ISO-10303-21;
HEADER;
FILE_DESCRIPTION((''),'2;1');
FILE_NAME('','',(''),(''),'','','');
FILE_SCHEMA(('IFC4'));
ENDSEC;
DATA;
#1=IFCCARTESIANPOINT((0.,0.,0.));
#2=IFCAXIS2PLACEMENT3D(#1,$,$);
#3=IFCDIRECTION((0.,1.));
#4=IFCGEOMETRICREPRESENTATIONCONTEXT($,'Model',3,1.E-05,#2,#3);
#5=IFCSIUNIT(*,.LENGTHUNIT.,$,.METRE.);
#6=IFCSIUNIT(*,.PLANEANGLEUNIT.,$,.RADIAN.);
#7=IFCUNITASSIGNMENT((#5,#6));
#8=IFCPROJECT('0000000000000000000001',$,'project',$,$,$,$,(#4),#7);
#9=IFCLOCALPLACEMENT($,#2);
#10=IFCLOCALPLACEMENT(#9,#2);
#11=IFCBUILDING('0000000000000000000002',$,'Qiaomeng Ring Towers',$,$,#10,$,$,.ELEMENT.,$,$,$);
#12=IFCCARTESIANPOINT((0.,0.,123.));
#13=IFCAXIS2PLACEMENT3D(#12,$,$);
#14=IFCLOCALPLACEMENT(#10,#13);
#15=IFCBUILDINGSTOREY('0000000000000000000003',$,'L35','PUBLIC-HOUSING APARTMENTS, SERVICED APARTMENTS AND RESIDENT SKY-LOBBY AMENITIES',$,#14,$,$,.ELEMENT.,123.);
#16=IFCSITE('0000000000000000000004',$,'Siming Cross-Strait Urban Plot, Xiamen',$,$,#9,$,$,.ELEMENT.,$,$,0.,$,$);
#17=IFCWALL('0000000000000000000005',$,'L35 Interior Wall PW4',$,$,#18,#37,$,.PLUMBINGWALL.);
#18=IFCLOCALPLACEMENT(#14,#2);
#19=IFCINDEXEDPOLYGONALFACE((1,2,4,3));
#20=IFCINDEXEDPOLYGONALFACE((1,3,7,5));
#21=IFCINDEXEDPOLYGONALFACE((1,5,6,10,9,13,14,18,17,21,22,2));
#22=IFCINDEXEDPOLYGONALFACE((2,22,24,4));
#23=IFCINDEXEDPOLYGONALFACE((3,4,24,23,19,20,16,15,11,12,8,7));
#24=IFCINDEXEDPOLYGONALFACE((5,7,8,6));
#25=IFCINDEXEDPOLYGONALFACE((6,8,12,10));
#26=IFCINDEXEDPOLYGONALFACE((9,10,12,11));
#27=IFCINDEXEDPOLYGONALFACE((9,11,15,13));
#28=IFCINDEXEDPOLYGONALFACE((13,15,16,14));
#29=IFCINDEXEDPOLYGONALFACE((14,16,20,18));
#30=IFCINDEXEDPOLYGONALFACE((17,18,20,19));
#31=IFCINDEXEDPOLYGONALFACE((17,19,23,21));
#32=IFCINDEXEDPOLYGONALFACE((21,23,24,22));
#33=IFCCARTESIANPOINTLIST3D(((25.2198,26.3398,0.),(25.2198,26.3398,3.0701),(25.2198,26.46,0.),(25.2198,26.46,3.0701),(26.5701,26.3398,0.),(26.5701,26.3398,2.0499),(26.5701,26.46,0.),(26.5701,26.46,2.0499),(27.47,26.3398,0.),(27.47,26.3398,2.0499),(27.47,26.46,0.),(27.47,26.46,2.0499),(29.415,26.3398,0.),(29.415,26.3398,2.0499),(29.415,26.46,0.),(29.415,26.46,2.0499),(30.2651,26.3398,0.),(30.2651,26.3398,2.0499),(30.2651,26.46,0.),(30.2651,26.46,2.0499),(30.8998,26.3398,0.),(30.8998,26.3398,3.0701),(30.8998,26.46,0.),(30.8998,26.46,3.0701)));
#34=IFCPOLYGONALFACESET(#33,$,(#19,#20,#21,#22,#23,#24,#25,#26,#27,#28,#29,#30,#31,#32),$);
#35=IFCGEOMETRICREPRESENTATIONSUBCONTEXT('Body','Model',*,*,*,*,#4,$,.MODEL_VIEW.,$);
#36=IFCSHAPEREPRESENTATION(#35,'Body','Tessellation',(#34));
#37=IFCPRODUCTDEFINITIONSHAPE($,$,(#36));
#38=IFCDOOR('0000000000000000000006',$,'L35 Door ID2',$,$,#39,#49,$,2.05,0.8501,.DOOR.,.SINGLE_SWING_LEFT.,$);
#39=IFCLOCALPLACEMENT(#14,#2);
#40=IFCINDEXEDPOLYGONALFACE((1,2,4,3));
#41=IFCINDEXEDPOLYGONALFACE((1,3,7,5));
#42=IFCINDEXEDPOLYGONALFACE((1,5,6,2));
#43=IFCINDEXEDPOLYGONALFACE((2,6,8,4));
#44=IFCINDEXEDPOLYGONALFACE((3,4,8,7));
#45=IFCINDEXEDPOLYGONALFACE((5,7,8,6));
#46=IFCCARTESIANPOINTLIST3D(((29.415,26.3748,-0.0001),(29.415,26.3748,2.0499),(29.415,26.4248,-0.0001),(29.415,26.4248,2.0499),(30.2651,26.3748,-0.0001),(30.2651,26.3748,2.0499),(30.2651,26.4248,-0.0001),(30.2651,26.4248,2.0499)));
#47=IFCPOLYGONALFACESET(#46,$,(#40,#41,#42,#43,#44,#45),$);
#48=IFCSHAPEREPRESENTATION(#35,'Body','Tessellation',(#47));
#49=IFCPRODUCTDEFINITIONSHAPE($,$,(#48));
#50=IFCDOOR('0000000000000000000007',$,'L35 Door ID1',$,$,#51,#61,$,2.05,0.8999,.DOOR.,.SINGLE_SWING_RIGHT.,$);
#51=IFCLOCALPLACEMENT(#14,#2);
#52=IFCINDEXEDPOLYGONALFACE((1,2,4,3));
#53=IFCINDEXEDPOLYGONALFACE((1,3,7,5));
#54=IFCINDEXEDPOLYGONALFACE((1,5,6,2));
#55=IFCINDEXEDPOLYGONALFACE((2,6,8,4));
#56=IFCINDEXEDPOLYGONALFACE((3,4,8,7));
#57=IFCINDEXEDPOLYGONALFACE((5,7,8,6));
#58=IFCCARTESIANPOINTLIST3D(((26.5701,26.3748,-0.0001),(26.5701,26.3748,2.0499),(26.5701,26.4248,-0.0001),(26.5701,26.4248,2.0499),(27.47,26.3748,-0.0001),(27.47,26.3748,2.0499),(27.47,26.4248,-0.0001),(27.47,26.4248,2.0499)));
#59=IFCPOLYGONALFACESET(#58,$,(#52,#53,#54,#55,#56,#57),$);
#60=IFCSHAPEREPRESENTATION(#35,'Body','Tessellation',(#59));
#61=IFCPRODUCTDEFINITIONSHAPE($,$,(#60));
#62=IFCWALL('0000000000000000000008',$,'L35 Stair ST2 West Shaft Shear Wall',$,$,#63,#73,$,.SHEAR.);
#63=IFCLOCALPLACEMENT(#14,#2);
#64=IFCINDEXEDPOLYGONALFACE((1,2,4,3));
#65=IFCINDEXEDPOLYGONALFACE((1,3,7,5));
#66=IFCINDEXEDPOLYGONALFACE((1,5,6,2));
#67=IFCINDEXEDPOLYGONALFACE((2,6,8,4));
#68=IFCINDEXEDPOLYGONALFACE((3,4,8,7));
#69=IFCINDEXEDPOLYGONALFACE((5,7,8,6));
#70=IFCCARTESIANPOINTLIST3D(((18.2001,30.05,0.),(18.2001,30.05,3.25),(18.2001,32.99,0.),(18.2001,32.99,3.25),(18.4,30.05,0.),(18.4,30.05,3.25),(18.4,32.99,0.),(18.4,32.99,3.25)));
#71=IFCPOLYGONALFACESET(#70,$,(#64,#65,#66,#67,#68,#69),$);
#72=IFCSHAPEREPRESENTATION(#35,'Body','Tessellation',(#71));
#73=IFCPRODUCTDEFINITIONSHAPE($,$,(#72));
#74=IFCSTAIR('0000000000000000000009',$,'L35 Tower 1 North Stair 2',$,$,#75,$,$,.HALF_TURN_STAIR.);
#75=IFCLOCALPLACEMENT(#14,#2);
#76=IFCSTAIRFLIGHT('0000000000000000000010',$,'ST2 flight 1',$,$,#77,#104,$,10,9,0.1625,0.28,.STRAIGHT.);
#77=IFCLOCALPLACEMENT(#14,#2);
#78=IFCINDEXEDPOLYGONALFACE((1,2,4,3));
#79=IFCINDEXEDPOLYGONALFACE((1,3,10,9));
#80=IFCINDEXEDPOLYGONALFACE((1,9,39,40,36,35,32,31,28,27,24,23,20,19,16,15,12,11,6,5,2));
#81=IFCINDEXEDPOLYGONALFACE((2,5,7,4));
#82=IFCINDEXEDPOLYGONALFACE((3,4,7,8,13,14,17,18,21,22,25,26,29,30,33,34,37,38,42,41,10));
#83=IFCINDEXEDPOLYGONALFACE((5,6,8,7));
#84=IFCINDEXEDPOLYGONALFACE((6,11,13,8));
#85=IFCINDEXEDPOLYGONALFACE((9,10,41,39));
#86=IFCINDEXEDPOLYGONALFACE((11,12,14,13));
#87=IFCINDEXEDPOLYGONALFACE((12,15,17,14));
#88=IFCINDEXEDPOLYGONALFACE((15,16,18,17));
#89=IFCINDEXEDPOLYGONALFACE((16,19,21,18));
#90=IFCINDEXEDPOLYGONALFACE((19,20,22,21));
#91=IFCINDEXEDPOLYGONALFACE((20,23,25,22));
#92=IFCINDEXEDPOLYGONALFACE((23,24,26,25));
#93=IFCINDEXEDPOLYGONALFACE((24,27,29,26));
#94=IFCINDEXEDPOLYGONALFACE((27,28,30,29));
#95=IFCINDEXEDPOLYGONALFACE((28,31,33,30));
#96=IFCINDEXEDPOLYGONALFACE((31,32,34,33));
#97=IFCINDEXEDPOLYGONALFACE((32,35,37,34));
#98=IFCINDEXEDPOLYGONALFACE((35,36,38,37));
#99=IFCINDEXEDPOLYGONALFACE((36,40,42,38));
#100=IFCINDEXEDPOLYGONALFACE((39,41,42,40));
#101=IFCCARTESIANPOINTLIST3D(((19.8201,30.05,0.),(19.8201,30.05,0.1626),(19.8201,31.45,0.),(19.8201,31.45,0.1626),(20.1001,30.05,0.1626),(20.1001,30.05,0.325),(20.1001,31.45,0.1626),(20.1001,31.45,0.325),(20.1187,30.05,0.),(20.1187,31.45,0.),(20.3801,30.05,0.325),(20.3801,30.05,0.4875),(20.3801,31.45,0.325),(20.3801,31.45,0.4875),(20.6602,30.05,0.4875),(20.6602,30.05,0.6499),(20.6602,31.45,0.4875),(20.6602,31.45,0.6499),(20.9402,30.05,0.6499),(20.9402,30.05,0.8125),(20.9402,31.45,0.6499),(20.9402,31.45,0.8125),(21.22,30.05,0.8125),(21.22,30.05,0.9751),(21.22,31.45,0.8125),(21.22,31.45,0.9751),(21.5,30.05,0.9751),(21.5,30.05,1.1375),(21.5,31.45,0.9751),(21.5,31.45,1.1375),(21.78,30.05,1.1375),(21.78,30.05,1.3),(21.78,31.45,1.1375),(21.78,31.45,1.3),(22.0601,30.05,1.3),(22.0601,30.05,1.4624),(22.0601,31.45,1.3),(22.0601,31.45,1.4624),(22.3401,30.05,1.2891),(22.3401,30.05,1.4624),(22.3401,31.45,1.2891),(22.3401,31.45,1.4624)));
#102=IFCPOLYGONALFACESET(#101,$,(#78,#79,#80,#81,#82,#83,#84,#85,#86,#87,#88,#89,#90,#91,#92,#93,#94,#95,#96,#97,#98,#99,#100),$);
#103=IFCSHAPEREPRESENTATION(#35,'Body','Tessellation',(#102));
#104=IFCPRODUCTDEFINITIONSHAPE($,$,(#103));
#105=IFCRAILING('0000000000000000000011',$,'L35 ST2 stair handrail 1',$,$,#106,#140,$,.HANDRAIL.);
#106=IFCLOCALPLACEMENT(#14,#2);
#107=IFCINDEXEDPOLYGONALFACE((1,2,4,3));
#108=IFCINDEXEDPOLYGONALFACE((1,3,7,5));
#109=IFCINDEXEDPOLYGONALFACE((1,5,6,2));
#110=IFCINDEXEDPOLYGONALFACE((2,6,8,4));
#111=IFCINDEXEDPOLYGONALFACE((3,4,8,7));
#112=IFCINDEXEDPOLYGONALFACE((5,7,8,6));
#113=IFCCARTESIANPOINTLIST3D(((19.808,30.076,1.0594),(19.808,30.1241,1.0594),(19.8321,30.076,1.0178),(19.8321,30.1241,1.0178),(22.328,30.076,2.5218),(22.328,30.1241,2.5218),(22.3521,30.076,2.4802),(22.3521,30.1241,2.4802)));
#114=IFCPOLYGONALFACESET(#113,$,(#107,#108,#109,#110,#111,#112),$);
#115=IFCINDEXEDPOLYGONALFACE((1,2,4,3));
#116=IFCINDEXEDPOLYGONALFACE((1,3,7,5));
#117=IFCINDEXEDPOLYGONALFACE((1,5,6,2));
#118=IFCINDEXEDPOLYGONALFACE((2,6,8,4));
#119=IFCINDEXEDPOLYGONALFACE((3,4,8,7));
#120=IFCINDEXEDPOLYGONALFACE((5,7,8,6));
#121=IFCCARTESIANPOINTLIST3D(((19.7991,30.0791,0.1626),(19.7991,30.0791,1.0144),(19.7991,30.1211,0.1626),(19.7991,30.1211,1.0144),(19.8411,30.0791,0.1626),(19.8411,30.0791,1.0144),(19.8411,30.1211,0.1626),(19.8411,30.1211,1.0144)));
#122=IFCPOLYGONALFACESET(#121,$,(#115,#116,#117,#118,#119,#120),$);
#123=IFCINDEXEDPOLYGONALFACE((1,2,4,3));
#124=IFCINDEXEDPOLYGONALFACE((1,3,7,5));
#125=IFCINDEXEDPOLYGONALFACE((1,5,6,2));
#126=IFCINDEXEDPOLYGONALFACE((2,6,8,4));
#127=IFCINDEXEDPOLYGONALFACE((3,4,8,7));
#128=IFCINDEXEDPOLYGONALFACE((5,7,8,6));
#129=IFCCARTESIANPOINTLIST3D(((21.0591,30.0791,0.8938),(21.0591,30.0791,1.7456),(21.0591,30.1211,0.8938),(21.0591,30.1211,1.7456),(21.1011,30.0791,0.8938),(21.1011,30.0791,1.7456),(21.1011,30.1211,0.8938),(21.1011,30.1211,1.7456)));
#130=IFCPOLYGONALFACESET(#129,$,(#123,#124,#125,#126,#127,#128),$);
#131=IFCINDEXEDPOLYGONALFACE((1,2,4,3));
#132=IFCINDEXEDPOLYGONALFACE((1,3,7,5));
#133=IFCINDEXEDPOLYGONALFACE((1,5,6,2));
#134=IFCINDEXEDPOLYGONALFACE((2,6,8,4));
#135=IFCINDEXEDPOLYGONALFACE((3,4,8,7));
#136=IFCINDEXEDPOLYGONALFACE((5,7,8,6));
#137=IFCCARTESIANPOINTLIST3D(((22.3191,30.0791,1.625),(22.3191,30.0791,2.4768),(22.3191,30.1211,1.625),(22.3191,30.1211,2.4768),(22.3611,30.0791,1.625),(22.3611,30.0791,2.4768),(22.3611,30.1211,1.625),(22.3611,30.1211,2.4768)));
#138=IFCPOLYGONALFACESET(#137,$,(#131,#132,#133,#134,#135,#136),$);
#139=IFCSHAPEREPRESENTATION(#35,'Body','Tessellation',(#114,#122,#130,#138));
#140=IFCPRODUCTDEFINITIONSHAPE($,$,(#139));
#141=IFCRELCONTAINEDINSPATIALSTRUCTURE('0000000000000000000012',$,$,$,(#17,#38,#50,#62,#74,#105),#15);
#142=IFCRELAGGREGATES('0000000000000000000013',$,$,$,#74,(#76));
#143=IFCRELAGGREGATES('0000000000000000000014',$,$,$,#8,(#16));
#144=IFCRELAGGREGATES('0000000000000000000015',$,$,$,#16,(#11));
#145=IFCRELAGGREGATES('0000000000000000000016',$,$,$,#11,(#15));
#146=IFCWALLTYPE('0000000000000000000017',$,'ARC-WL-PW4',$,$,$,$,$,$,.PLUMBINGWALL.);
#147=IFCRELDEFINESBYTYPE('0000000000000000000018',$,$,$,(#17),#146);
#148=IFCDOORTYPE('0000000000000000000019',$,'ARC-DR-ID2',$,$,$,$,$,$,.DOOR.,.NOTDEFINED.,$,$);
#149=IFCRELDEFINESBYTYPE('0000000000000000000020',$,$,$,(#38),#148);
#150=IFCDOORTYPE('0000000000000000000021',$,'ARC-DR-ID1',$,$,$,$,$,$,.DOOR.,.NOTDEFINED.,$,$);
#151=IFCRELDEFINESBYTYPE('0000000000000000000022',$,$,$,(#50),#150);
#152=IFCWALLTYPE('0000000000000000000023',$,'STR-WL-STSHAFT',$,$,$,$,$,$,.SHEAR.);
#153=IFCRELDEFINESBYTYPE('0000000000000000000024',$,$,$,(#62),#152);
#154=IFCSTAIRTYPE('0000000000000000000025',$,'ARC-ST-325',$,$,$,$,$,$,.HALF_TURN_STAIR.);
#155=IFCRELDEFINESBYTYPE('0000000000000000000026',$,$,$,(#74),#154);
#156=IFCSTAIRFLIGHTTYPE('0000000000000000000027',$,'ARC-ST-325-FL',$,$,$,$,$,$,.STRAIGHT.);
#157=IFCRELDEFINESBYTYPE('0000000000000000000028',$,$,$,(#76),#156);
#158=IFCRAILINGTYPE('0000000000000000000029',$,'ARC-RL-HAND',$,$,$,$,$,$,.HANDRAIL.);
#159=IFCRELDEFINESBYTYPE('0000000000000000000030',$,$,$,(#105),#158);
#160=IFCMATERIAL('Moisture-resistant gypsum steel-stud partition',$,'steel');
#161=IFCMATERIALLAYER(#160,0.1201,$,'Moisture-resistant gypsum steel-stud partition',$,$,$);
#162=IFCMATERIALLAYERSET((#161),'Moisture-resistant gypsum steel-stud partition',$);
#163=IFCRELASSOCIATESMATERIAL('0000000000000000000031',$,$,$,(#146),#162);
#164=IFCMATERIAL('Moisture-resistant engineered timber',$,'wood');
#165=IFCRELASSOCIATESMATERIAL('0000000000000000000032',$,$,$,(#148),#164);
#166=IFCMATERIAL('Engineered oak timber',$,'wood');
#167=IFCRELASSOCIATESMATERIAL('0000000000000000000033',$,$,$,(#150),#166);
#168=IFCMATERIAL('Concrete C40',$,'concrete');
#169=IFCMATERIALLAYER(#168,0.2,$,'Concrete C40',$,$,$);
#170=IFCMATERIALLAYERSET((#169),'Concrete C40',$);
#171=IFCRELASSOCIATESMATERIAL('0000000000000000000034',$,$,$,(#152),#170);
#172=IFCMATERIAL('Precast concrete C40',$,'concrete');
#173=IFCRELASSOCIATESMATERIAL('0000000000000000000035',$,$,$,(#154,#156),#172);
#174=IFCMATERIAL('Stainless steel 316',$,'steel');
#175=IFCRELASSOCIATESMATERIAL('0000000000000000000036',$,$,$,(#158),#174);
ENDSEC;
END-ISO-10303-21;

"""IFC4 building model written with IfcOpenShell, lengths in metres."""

from ifc_helpers import new_model, si_unit, direction, frame, frame_2d, origin, origin_2d, place, context, subcontext, project, spatial, polyline, rectangle, outline, extrude, source, transform, mapped, material, layer, layer_set, type_object, element, fill, aggregate, save


model = new_model("IFC4")

# Units and contexts
model_context = context("Model", 3, precision=1e-05, world=origin(), true_north=direction((0.0, 1.0)))
body_context = subcontext(model_context, "Body", "Model", "MODEL_VIEW")
ifc_project = project(units=[si_unit("LENGTHUNIT", "METRE"), si_unit("PLANEANGLEUNIT", "RADIAN")], contexts=[model_context])

# Site, building, storey
site_placement = place(None, origin())
site = spatial("IfcSite", under=ifc_project, at=site_placement, Name="Siming Cross-Strait Urban Plot, Xiamen", CompositionType="ELEMENT", RefElevation=0.0)
building_placement = place(site_placement, origin())
building = spatial("IfcBuilding", under=site, at=building_placement, Name="Qiaomeng Ring Towers", CompositionType="ELEMENT")
storey_placement = place(building_placement, frame((0.0, 0.0, 123.0)))
storey = spatial("IfcBuildingStorey", under=building, at=storey_placement, Name="L35", Description="PUBLIC-HOUSING APARTMENTS, SERVICED APARTMENTS AND RESIDENT SKY-LOBBY AMENITIES", CompositionType="ELEMENT", Elevation=123.0)

# Wall, openings, doors
ifc_material_1 = material(Name="Moisture-resistant gypsum steel-stud partition", Category="steel")
ifc_layer_1 = layer(ifc_material_1, 0.1201, Name="Moisture-resistant gypsum steel-stud partition")
ifc_layer_set_1 = layer_set([ifc_layer_1], Name="Moisture-resistant gypsum steel-stud partition")
wall_type_1 = type_object("IfcWallType", Name="ARC-WL-PW4", PredefinedType="PLUMBINGWALL", material=ifc_layer_set_1)
ifc_material_2 = material(Name="Moisture-resistant engineered timber", Category="wood")
door_type_1 = type_object("IfcDoorType", Name="ARC-DR-ID2", OperationType="NOTDEFINED", PredefinedType="DOOR", material=ifc_material_2)
shared_shape_1 = source(origin(), body_context, "Body", "SweptSolid", [
    extrude(rectangle(XDim=0.8501, YDim=2.05, at=frame_2d((0.425, 1.0249))), frame((0.0, 0.0249, 0.0), z_axis=(0.0, -1.0, 0.0), x_axis=(1.0, 0.0, 0.0)), (0.0, 0.0, 1.0), 0.05),
])
ifc_material_3 = material(Name="Engineered oak timber", Category="wood")
door_type_2 = type_object("IfcDoorType", Name="ARC-DR-ID1", OperationType="NOTDEFINED", PredefinedType="DOOR", material=ifc_material_3)
shared_shape_2 = source(origin(), body_context, "Body", "SweptSolid", [
    extrude(rectangle(XDim=0.8999, YDim=2.05, at=frame_2d((0.45, 1.0249))), frame((0.0, 0.0249, 0.0), z_axis=(0.0, -1.0, 0.0), x_axis=(1.0, 0.0, 0.0)), (0.0, 0.0, 1.0), 0.05),
])
wall_1_placement = place(storey_placement, frame((25.22, 26.3999, 0.0), z_axis=(0.0, 0.0, 1.0), x_axis=(1.0, 0.0, 0.0)))
wall_1 = element("IfcWall", 1, at=wall_1_placement, inside=storey, type_object=wall_type_1, Name="L35 Interior Wall PW4", PredefinedType="PLUMBINGWALL", context=body_context, shape_type="SweptSolid", body=[
    extrude(rectangle(XDim=5.6799, YDim=0.1201, at=frame_2d((2.8398, 0.0))), origin(), (0.0, 0.0, 1.0), 3.0701),
])
opening_1_placement = place(wall_1_placement, frame((1.3501, 0.0, 0.0)))
opening_1 = element("IfcOpeningElement", 2, at=opening_1_placement, cuts=wall_1, PredefinedType="OPENING", context=body_context, shape_type="SweptSolid", body=[
    extrude(rectangle(XDim=0.8999, YDim=2.05, at=frame_2d((0.45, 1.0249))), frame((0.0, 0.0701, 0.0), z_axis=(0.0, -1.0, 0.0), x_axis=(1.0, 0.0, 0.0)), (0.0, 0.0, 1.0), 0.1401),
])
opening_2_placement = place(wall_1_placement, frame((4.1951, 0.0, 0.0)))
opening_2 = element("IfcOpeningElement", 3, at=opening_2_placement, cuts=wall_1, PredefinedType="OPENING", context=body_context, shape_type="SweptSolid", body=[
    extrude(rectangle(XDim=0.8501, YDim=2.05, at=frame_2d((0.425, 1.0249))), frame((0.0, 0.0701, 0.0), z_axis=(0.0, -1.0, 0.0), x_axis=(1.0, 0.0, 0.0)), (0.0, 0.0, 1.0), 0.1401),
])
door_1_placement = place(opening_2_placement, origin())
door_1 = element("IfcDoor", 4, at=door_1_placement, inside=storey, type_object=door_type_1, Name="L35 Door ID2", OperationType="SINGLE_SWING_LEFT", OverallHeight=2.05, OverallWidth=0.8501, PredefinedType="DOOR", context=body_context, shape_type="MappedRepresentation", body=[
    mapped(shared_shape_1, transform((0.0, 0.0, 0.0), x_axis=(1.0, 0.0, 0.0), y_axis=(0.0, 1.0, 0.0), z_axis=(0.0, 0.0, 1.0), scale=1.0)),
])
fill(opening_2, door_1)
door_2_placement = place(opening_1_placement, origin())
door_2 = element("IfcDoor", 5, at=door_2_placement, inside=storey, type_object=door_type_2, Name="L35 Door ID1", OperationType="SINGLE_SWING_RIGHT", OverallHeight=2.05, OverallWidth=0.8999, PredefinedType="DOOR", context=body_context, shape_type="MappedRepresentation", body=[
    mapped(shared_shape_2, transform((0.0, 0.0, 0.0), x_axis=(1.0, 0.0, 0.0), y_axis=(0.0, 1.0, 0.0), z_axis=(0.0, 0.0, 1.0), scale=1.0)),
])
fill(opening_1, door_2)

# Wall
ifc_material_4 = material(Name="Concrete C40", Category="concrete")
ifc_layer_2 = layer(ifc_material_4, 0.2, Name="Concrete C40")
ifc_layer_set_2 = layer_set([ifc_layer_2], Name="Concrete C40")
wall_type_2 = type_object("IfcWallType", Name="STR-WL-STSHAFT", PredefinedType="SHEAR", material=ifc_layer_set_2)
wall_2_placement = place(storey_placement, frame((18.3, 30.05, 0.0), z_axis=(0.0, 0.0, 1.0), x_axis=(0.0, 1.0, 0.0)))
element("IfcWall", 6, at=wall_2_placement, inside=storey, type_object=wall_type_2, Name="L35 Stair ST2 West Shaft Shear Wall", PredefinedType="SHEAR", context=body_context, shape_type="SweptSolid", body=[
    extrude(rectangle(XDim=2.9399, YDim=0.2, at=frame_2d((1.47, 0.0))), origin(), (0.0, 0.0, 1.0), 3.25),
])

# Stair, stair flight
ifc_material_5 = material(Name="Precast concrete C40", Category="concrete")
stair_type = type_object("IfcStairType", Name="ARC-ST-325", PredefinedType="HALF_TURN_STAIR", material=ifc_material_5)
stair_placement = place(storey_placement, origin())
stair = element("IfcStair", 7, at=stair_placement, inside=storey, type_object=stair_type, Name="L35 Tower 1 North Stair 2", PredefinedType="HALF_TURN_STAIR")
stair_flight_type = type_object("IfcStairFlightType", Name="ARC-ST-325-FL", PredefinedType="STRAIGHT", material=ifc_material_5)
shared_shape_3 = source(origin(), body_context, "Body", "SweptSolid", [
    extrude(outline(polyline([(0.0, 0.0), (0.0, 0.1626), (0.28, 0.1626), (0.28, 0.325), (0.5601, 0.325), (0.5601, 0.4875), (0.8401, 0.4875), (0.8401, 0.6499), (1.1201, 0.6499), (1.1201, 0.8125), (1.3999, 0.8125), (1.3999, 0.9751), (1.6799, 0.9751), (1.6799, 1.1375), (1.96, 1.1375), (1.96, 1.3), (2.24, 1.3), (2.24, 1.4624), (2.52, 1.4624), (2.52, 1.625), (2.52, 1.2891), (0.2986, 0.0), (0.0, 0.0)])), frame((0.0, 0.7, 0.0), z_axis=(0.0, -1.0, 0.0), x_axis=(1.0, 0.0, 0.0)), (0.0, 0.0, 1.0), 1.3999),
])
stair_flight_placement = place(storey_placement, frame((19.8201, 30.75, 0.0), z_axis=(0.0, 0.0, 1.0), x_axis=(1.0, 0.0, 0.0)))
stair_flight = element("IfcStairFlight", 8, at=stair_flight_placement, type_object=stair_flight_type, Name="ST2 flight 1", NumberOfRisers=10, NumberOfTreads=9, PredefinedType="STRAIGHT", RiserHeight=0.1625, TreadLength=0.28, context=body_context, shape_type="MappedRepresentation", body=[
    mapped(shared_shape_3, transform((0.0, 0.0, 0.0), x_axis=(1.0, 0.0, 0.0), y_axis=(0.0, 1.0, 0.0), z_axis=(0.0, 0.0, 1.0), scale=1.0)),
])
aggregate(stair, [stair_flight])

# Railing
ifc_material_6 = material(Name="Stainless steel 316", Category="steel")
railing_type = type_object("IfcRailingType", Name="ARC-RL-HAND", PredefinedType="HANDRAIL", material=ifc_material_6)
railing_placement = place(storey_placement, frame((19.8201, 30.1001, 0.1626)))
element("IfcRailing", 9, at=railing_placement, inside=storey, type_object=railing_type, Name="L35 ST2 stair handrail 1", PredefinedType="HANDRAIL", context=body_context, shape_type="SweptSolid", body=[
    extrude(rectangle(XDim=0.0481, YDim=0.0481, at=origin_2d()), frame((0.0, 0.0, 0.876), z_axis=(0.864913, 0.0, 0.501921), x_axis=(0.0, 1.0, 0.0)), (0.0, 0.0, 1.0), 2.9136),
    extrude(rectangle(XDim=0.042, YDim=0.042, at=origin_2d()), origin(), (0.0, 0.0, 1.0), 0.8518),
    extrude(rectangle(XDim=0.042, YDim=0.042, at=origin_2d()), frame((1.26, 0.0, 0.7312)), (0.0, 0.0, 1.0), 0.8518),
    extrude(rectangle(XDim=0.042, YDim=0.042, at=origin_2d()), frame((2.52, 0.0, 1.4624)), (0.0, 0.0, 1.0), 0.8518),
])

save(model, "model.ifc")
